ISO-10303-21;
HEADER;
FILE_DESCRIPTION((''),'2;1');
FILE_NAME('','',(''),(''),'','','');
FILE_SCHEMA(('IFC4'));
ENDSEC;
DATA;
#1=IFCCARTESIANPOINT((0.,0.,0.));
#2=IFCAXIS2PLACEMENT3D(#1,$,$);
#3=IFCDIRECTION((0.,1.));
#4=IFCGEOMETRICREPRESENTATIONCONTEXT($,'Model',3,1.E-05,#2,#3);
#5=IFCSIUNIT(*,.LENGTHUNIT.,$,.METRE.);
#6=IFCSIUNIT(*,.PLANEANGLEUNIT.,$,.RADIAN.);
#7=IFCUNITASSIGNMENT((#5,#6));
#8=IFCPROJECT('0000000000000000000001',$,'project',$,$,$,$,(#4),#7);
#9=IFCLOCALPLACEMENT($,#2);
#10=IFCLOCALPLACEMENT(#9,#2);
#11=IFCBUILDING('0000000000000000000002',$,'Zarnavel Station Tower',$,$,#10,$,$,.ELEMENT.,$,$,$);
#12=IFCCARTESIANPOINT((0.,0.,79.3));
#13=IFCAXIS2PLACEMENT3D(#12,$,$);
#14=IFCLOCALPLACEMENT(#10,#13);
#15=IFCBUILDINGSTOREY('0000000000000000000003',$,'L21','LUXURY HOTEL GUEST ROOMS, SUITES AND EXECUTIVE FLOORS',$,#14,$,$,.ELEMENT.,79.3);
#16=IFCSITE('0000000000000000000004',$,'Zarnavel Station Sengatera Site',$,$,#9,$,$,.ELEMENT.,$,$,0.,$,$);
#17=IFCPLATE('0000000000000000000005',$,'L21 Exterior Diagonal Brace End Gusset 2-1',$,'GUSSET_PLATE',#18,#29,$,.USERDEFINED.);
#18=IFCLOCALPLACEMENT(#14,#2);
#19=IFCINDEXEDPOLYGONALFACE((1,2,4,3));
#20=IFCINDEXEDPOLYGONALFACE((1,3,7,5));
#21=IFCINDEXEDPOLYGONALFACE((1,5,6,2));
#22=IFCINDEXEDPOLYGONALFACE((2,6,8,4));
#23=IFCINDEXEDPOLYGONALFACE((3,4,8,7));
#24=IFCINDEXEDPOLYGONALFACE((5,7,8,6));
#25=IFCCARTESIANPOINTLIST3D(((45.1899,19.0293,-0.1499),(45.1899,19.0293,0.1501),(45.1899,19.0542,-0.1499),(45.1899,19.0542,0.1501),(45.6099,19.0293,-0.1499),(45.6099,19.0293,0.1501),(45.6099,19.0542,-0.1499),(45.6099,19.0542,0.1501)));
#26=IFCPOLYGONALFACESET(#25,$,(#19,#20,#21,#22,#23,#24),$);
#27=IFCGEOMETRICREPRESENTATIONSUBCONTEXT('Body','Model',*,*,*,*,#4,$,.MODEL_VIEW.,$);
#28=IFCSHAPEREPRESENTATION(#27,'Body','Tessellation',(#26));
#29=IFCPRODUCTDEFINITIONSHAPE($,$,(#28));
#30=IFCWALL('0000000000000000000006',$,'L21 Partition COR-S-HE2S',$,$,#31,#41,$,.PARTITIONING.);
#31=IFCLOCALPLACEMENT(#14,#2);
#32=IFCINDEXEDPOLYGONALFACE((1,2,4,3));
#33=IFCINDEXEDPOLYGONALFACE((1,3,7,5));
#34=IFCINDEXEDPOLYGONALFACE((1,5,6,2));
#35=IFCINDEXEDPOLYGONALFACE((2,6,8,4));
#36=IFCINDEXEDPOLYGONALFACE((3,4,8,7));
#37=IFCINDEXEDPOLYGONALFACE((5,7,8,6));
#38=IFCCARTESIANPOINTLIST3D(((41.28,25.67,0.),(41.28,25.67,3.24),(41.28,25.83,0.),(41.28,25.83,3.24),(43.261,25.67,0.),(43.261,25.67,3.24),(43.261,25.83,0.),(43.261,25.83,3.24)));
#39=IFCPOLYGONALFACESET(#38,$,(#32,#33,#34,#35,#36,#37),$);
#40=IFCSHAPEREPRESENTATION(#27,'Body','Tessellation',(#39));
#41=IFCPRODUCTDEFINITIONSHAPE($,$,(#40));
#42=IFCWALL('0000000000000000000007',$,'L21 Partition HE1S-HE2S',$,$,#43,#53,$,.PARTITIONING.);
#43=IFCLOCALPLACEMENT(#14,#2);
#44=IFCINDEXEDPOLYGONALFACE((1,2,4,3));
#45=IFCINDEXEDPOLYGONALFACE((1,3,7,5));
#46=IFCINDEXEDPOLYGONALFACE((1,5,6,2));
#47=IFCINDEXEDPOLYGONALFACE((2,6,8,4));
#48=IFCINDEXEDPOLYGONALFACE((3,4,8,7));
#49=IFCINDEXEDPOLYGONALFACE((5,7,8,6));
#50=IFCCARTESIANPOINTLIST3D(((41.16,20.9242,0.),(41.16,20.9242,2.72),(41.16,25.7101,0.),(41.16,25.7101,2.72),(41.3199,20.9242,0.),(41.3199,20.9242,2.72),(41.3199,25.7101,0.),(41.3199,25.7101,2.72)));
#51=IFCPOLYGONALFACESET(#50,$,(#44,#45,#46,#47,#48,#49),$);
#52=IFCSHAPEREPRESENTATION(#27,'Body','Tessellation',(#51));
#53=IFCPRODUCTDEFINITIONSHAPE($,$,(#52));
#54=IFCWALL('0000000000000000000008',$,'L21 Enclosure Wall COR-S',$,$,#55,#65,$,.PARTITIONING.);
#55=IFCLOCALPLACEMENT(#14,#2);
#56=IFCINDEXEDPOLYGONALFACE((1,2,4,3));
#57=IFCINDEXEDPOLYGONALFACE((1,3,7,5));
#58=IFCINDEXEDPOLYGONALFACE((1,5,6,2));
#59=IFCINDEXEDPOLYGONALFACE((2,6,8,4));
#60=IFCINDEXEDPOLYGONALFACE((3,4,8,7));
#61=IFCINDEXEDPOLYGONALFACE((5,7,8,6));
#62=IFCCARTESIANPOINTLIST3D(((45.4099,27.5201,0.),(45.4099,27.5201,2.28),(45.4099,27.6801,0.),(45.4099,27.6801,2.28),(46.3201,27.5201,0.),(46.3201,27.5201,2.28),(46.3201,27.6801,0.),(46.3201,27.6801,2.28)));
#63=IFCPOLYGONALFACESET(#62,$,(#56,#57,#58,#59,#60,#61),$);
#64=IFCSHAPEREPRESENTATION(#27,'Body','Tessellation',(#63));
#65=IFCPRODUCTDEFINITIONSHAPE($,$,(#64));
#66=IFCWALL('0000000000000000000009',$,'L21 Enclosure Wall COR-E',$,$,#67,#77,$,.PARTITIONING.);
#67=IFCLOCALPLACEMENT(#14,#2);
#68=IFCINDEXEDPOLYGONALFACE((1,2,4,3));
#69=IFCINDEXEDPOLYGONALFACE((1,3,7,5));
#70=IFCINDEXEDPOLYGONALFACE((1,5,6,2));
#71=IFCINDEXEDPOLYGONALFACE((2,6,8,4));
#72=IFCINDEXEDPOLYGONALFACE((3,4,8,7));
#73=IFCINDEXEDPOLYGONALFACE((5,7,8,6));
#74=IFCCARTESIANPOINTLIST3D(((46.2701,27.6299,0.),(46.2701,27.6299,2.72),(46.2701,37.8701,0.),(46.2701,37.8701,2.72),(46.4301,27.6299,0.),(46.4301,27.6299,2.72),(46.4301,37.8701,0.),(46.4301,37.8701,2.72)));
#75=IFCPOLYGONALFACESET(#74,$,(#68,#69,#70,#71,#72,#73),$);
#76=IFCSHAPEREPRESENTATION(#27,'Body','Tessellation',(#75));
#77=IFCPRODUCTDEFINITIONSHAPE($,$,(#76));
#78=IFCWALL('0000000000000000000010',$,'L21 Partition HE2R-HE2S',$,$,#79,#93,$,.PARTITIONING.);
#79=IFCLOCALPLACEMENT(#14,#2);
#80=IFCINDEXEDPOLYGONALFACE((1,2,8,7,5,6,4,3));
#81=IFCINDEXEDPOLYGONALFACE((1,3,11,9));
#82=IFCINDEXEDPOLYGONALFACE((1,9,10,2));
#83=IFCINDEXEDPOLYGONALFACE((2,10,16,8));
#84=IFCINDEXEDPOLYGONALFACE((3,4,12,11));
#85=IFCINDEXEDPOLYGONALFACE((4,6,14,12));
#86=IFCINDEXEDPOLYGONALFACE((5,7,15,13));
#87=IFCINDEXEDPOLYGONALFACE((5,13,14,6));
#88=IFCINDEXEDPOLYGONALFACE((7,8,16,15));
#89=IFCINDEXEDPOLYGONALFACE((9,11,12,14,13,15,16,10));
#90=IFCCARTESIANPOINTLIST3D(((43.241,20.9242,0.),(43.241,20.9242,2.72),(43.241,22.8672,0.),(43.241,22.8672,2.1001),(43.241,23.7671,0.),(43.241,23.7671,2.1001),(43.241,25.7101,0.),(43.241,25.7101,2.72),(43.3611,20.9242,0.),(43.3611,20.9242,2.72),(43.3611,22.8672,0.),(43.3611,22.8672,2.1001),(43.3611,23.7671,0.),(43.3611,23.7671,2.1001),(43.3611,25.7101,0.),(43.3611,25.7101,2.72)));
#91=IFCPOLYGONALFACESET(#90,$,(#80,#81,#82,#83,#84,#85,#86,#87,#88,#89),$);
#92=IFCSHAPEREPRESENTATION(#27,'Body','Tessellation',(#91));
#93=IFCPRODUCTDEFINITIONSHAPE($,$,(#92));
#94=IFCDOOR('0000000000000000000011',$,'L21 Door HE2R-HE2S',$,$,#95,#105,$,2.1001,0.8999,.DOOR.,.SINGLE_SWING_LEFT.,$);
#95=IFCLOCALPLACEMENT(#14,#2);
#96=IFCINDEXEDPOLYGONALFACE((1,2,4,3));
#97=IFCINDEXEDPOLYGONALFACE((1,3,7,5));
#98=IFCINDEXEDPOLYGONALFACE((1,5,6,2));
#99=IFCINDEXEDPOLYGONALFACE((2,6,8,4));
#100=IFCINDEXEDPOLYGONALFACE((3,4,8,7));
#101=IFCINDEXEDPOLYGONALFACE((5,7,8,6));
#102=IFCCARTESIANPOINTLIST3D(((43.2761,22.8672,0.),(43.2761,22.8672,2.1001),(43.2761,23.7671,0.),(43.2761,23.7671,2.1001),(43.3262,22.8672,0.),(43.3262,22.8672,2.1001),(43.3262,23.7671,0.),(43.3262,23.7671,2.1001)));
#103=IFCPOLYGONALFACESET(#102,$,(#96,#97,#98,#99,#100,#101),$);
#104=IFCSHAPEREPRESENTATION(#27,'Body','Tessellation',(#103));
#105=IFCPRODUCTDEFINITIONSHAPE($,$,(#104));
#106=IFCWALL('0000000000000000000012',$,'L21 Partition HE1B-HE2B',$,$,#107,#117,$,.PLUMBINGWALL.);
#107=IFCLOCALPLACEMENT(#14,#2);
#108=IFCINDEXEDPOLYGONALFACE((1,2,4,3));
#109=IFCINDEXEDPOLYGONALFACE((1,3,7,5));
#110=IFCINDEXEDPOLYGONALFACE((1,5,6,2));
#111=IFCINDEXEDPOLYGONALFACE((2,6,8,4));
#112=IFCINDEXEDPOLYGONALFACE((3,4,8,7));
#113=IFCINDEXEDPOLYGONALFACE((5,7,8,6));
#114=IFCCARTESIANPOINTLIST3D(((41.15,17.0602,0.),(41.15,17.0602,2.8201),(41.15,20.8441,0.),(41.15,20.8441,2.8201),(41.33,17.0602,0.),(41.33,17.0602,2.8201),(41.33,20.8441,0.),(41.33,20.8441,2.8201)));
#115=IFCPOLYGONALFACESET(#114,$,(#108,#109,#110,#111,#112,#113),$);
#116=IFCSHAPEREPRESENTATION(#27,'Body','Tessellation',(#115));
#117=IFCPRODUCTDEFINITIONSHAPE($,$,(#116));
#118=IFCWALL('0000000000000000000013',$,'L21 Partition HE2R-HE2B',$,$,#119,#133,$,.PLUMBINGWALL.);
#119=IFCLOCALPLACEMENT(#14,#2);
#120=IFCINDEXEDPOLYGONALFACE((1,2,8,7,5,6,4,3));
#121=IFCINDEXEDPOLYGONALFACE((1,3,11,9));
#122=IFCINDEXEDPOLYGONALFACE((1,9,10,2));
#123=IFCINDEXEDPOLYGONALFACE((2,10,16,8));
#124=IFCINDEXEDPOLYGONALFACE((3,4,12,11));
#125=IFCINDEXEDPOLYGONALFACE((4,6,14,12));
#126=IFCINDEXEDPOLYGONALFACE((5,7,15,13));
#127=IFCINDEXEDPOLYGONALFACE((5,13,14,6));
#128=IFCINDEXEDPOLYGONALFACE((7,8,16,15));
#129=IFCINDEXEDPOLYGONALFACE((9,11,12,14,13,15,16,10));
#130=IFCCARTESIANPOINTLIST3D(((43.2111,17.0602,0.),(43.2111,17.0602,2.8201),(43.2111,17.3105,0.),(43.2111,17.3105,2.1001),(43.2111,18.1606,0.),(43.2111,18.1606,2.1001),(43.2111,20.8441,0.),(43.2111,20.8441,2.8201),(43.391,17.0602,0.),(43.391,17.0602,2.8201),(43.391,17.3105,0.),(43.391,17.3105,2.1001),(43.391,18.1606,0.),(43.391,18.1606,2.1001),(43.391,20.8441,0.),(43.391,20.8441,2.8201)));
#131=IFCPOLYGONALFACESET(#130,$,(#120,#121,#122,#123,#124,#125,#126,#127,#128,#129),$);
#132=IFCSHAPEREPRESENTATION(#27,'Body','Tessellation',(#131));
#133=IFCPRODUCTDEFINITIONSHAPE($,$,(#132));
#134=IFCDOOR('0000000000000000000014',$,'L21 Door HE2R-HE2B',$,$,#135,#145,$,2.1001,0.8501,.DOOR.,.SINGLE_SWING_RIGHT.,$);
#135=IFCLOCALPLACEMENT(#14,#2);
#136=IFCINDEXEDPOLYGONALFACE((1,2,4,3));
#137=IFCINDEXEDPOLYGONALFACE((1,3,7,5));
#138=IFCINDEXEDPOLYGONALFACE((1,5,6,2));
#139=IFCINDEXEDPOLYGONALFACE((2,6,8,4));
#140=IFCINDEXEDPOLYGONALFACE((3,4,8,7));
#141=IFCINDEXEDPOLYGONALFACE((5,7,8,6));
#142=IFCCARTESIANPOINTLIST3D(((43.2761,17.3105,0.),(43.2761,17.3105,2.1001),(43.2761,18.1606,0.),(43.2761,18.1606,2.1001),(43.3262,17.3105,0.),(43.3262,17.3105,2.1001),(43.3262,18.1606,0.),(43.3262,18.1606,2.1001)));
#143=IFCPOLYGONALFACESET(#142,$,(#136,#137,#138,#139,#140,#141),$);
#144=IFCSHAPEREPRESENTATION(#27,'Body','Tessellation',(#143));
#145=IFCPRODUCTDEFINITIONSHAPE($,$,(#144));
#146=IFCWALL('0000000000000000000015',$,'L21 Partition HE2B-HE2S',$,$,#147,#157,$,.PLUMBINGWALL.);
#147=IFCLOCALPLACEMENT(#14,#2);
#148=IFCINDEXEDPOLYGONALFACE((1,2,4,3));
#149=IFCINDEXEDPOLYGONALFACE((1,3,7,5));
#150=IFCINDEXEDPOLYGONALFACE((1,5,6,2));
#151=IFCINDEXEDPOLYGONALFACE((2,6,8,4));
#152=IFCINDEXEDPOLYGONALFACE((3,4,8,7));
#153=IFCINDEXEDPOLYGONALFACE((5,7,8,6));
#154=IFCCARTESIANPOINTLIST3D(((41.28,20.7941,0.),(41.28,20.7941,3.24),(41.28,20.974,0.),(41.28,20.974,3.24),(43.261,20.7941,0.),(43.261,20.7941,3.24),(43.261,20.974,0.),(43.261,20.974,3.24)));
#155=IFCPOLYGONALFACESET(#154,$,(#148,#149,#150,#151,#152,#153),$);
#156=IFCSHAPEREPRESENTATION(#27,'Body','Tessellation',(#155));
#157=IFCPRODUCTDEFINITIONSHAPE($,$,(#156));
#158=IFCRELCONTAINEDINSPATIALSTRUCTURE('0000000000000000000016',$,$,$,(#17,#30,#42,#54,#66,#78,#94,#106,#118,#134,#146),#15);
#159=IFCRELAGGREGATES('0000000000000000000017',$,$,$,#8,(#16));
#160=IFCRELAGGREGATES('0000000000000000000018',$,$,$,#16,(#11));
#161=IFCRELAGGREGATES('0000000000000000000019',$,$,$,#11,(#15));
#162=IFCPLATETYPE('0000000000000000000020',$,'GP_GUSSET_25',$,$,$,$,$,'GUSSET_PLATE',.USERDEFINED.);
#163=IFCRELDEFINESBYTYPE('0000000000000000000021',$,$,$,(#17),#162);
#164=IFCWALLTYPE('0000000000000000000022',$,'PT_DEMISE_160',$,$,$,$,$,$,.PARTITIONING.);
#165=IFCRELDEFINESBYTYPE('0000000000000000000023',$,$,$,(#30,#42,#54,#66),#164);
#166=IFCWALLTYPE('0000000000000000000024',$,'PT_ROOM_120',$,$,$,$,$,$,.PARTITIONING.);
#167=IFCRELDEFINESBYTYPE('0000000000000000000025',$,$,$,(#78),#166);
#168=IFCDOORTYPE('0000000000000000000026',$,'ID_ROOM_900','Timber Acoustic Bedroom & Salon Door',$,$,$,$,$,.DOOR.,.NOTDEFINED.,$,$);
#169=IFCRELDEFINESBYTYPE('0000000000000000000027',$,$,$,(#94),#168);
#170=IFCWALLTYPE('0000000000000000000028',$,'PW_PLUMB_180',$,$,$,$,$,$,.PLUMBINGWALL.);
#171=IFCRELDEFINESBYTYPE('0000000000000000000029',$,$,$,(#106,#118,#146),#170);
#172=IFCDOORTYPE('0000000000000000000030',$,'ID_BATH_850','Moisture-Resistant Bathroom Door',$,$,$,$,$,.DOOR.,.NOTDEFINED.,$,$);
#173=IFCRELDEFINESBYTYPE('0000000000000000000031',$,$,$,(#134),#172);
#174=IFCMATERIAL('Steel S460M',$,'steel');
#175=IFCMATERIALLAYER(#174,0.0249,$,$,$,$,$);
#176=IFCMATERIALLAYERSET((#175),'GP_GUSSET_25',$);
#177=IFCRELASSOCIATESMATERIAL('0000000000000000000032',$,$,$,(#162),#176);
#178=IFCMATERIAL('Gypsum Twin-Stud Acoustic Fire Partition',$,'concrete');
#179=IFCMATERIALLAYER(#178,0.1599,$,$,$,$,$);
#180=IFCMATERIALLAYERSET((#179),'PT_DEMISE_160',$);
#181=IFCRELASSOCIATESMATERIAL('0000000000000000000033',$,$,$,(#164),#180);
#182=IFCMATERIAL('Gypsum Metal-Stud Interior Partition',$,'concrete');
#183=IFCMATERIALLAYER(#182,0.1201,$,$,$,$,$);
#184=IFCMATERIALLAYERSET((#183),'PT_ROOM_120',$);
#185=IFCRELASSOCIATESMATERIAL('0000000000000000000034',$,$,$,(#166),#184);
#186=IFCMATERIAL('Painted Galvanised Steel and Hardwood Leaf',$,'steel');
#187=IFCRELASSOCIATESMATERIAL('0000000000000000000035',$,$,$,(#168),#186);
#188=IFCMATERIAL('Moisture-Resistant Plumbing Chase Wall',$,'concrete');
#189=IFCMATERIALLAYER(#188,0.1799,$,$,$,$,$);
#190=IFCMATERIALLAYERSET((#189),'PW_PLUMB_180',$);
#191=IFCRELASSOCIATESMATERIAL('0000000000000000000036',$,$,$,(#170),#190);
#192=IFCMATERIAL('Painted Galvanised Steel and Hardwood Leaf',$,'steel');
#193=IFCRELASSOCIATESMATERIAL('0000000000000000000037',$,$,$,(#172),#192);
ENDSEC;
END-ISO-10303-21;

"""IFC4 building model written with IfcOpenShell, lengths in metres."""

from ifc_helpers import new_model, si_unit, direction, frame, frame_2d, origin, origin_2d, place, context, subcontext, project, spatial, rectangle, extrude, material, layer, layer_set, type_object, element, fill, save


model = new_model("IFC4")

# Units and contexts
model_context = context("Model", 3, precision=1e-05, world=origin(), true_north=direction((0.0, 1.0)))
body_context = subcontext(model_context, "Body", "Model", "MODEL_VIEW")
ifc_project = project(units=[si_unit("LENGTHUNIT", "METRE"), si_unit("PLANEANGLEUNIT", "RADIAN")], contexts=[model_context])

# Site, building, storey
site_placement = place(None, origin())
site = spatial("IfcSite", under=ifc_project, at=site_placement, Name="Zarnavel Station Sengatera Site", CompositionType="ELEMENT", RefElevation=0.0)
building_placement = place(site_placement, origin())
building = spatial("IfcBuilding", under=site, at=building_placement, Name="Zarnavel Station Tower", CompositionType="ELEMENT")
storey_placement = place(building_placement, frame((0.0, 0.0, 79.3)))
storey = spatial("IfcBuildingStorey", under=building, at=storey_placement, Name="L21", Description="LUXURY HOTEL GUEST ROOMS, SUITES AND EXECUTIVE FLOORS", CompositionType="ELEMENT", Elevation=79.3)

# Plate
ifc_material_1 = material(Name="Steel S460M", Category="steel")
ifc_layer_1 = layer(ifc_material_1, 0.0249)
ifc_layer_set_1 = layer_set([ifc_layer_1], Name="GP_GUSSET_25")
plate_type = type_object("IfcPlateType", Name="GP_GUSSET_25", ElementType="GUSSET_PLATE", PredefinedType="USERDEFINED", material=ifc_layer_set_1)
plate_placement = place(storey_placement, frame((45.3999, 19.0417, -0.1499), z_axis=(0.0, 0.0, 1.0), x_axis=(1.0, 0.0, 0.0)))
element("IfcPlate", 1, at=plate_placement, inside=storey, type_object=plate_type, Name="L21 Exterior Diagonal Brace End Gusset 2-1", ObjectType="GUSSET_PLATE", PredefinedType="USERDEFINED", context=body_context, shape_type="SweptSolid", body=[
    extrude(rectangle(XDim=0.4199, YDim=0.0249, at=origin_2d()), origin(), (0.0, 0.0, 1.0), 0.3),
])

# Shared definitions
ifc_material_2 = material(Name="Gypsum Twin-Stud Acoustic Fire Partition", Category="concrete")
ifc_layer_2 = layer(ifc_material_2, 0.1599)
ifc_layer_set_2 = layer_set([ifc_layer_2], Name="PT_DEMISE_160")
wall_type_1 = type_object("IfcWallType", Name="PT_DEMISE_160", PredefinedType="PARTITIONING", material=ifc_layer_set_2)

# Walls
wall_1_placement = place(storey_placement, frame((41.28, 25.75, 0.0), z_axis=(0.0, 0.0, 1.0), x_axis=(1.0, 0.0, 0.0)))
element("IfcWall", 2, at=wall_1_placement, inside=storey, type_object=wall_type_1, Name="L21 Partition COR-S-HE2S", PredefinedType="PARTITIONING", context=body_context, shape_type="SweptSolid", body=[
    extrude(rectangle(XDim=1.981, YDim=0.1599, at=frame_2d((0.9905, 0.0))), origin(), (0.0, 0.0, 1.0), 3.24),
])
wall_2_placement = place(storey_placement, frame((41.24, 20.9241, 0.0), z_axis=(0.0, 0.0, 1.0), x_axis=(0.0, 1.0, 0.0)))
element("IfcWall", 3, at=wall_2_placement, inside=storey, type_object=wall_type_1, Name="L21 Partition HE1S-HE2S", PredefinedType="PARTITIONING", context=body_context, shape_type="SweptSolid", body=[
    extrude(rectangle(XDim=4.7859, YDim=0.1599, at=frame_2d((2.3931, 0.0))), origin(), (0.0, 0.0, 1.0), 2.72),
])
wall_3_placement = place(storey_placement, frame((45.4099, 27.6001, 0.0), z_axis=(0.0, 0.0, 1.0), x_axis=(1.0, 0.0, 0.0)))
element("IfcWall", 4, at=wall_3_placement, inside=storey, type_object=wall_type_1, Name="L21 Enclosure Wall COR-S", PredefinedType="PARTITIONING", context=body_context, shape_type="SweptSolid", body=[
    extrude(rectangle(XDim=0.9102, YDim=0.1599, at=frame_2d((0.4551, 0.0))), origin(), (0.0, 0.0, 1.0), 2.28),
])
wall_4_placement = place(storey_placement, frame((46.3501, 27.6299, 0.0), z_axis=(0.0, 0.0, 1.0), x_axis=(0.0, 1.0, 0.0)))
element("IfcWall", 5, at=wall_4_placement, inside=storey, type_object=wall_type_1, Name="L21 Enclosure Wall COR-E", PredefinedType="PARTITIONING", context=body_context, shape_type="SweptSolid", body=[
    extrude(rectangle(XDim=10.2402, YDim=0.1599, at=frame_2d((5.1201, 0.0))), origin(), (0.0, 0.0, 1.0), 2.72),
])

# Wall, opening, door
ifc_material_3 = material(Name="Gypsum Metal-Stud Interior Partition", Category="concrete")
ifc_layer_3 = layer(ifc_material_3, 0.1201)
ifc_layer_set_3 = layer_set([ifc_layer_3], Name="PT_ROOM_120")
wall_type_2 = type_object("IfcWallType", Name="PT_ROOM_120", PredefinedType="PARTITIONING", material=ifc_layer_set_3)
wall_5_placement = place(storey_placement, frame((43.301, 20.9241, 0.0), z_axis=(0.0, 0.0, 1.0), x_axis=(0.0, 1.0, 0.0)))
wall_5 = element("IfcWall", 6, at=wall_5_placement, inside=storey, type_object=wall_type_2, Name="L21 Partition HE2R-HE2S", PredefinedType="PARTITIONING", context=body_context, shape_type="SweptSolid", body=[
    extrude(rectangle(XDim=4.7859, YDim=0.1201, at=frame_2d((2.3931, 0.0))), origin(), (0.0, 0.0, 1.0), 2.72),
])
opening_1_placement = place(wall_5_placement, frame((1.9431, 0.0, 0.0)))
opening_1 = element("IfcOpeningElement", 7, at=opening_1_placement, cuts=wall_5, PredefinedType="OPENING", context=body_context, shape_type="SweptSolid", body=[
    extrude(rectangle(XDim=0.8999, YDim=2.1001, at=frame_2d((0.45, 1.05))), frame((0.0, 0.0701, 0.0), z_axis=(0.0, -1.0, 0.0), x_axis=(1.0, 0.0, 0.0)), (0.0, 0.0, 1.0), 0.1401),
])
ifc_material_4 = material(Name="Painted Galvanised Steel and Hardwood Leaf", Category="steel")
door_type_1 = type_object("IfcDoorType", Name="ID_ROOM_900", Description="Timber Acoustic Bedroom & Salon Door", OperationType="NOTDEFINED", PredefinedType="DOOR", material=ifc_material_4)
door_1_placement = place(opening_1_placement, origin())
door_1 = element("IfcDoor", 8, at=door_1_placement, inside=storey, type_object=door_type_1, Name="L21 Door HE2R-HE2S", OperationType="SINGLE_SWING_LEFT", OverallHeight=2.1001, OverallWidth=0.8999, PredefinedType="DOOR", context=body_context, shape_type="SweptSolid", body=[
    extrude(rectangle(XDim=0.8999, YDim=2.1001, at=frame_2d((0.45, 1.05))), frame((0.0, 0.0249, 0.0), z_axis=(0.0, -1.0, 0.0), x_axis=(1.0, 0.0, 0.0)), (0.0, 0.0, 1.0), 0.05),
])
fill(opening_1, door_1)

# Wall
ifc_material_5 = material(Name="Moisture-Resistant Plumbing Chase Wall", Category="concrete")
ifc_layer_4 = layer(ifc_material_5, 0.1799)
ifc_layer_set_4 = layer_set([ifc_layer_4], Name="PW_PLUMB_180")
wall_type_3 = type_object("IfcWallType", Name="PW_PLUMB_180", PredefinedType="PLUMBINGWALL", material=ifc_layer_set_4)
wall_6_placement = place(storey_placement, frame((41.24, 17.0601, 0.0), z_axis=(0.0, 0.0, 1.0), x_axis=(0.0, 1.0, 0.0)))
element("IfcWall", 9, at=wall_6_placement, inside=storey, type_object=wall_type_3, Name="L21 Partition HE1B-HE2B", PredefinedType="PLUMBINGWALL", context=body_context, shape_type="SweptSolid", body=[
    extrude(rectangle(XDim=3.7839, YDim=0.1799, at=frame_2d((1.8921, 0.0))), origin(), (0.0, 0.0, 1.0), 2.8201),
])

# Wall, opening, door
wall_7_placement = place(storey_placement, frame((43.301, 17.0601, 0.0), z_axis=(0.0, 0.0, 1.0), x_axis=(0.0, 1.0, 0.0)))
wall_7 = element("IfcWall", 10, at=wall_7_placement, inside=storey, type_object=wall_type_3, Name="L21 Partition HE2R-HE2B", PredefinedType="PLUMBINGWALL", context=body_context, shape_type="SweptSolid", body=[
    extrude(rectangle(XDim=3.7839, YDim=0.1799, at=frame_2d((1.8921, 0.0))), origin(), (0.0, 0.0, 1.0), 2.8201),
])
opening_2_placement = place(wall_7_placement, frame((0.2505, 0.0, 0.0)))
opening_2 = element("IfcOpeningElement", 11, at=opening_2_placement, cuts=wall_7, PredefinedType="OPENING", context=body_context, shape_type="SweptSolid", body=[
    extrude(rectangle(XDim=0.8501, YDim=2.1001, at=frame_2d((0.425, 1.05))), frame((0.0, 0.0999, 0.0), z_axis=(0.0, -1.0, 0.0), x_axis=(1.0, 0.0, 0.0)), (0.0, 0.0, 1.0), 0.2),
])
ifc_material_6 = material(Name="Painted Galvanised Steel and Hardwood Leaf", Category="steel")
door_type_2 = type_object("IfcDoorType", Name="ID_BATH_850", Description="Moisture-Resistant Bathroom Door", OperationType="NOTDEFINED", PredefinedType="DOOR", material=ifc_material_6)
door_2_placement = place(opening_2_placement, origin())
door_2 = element("IfcDoor", 12, at=door_2_placement, inside=storey, type_object=door_type_2, Name="L21 Door HE2R-HE2B", OperationType="SINGLE_SWING_RIGHT", OverallHeight=2.1001, OverallWidth=0.8501, PredefinedType="DOOR", context=body_context, shape_type="SweptSolid", body=[
    extrude(rectangle(XDim=0.8501, YDim=2.1001, at=frame_2d((0.425, 1.05))), frame((0.0, 0.0249, 0.0), z_axis=(0.0, -1.0, 0.0), x_axis=(1.0, 0.0, 0.0)), (0.0, 0.0, 1.0), 0.05),
])
fill(opening_2, door_2)

# Wall
wall_8_placement = place(storey_placement, frame((41.28, 20.884, 0.0), z_axis=(0.0, 0.0, 1.0), x_axis=(1.0, 0.0, 0.0)))
element("IfcWall", 13, at=wall_8_placement, inside=storey, type_object=wall_type_3, Name="L21 Partition HE2B-HE2S", PredefinedType="PLUMBINGWALL", context=body_context, shape_type="SweptSolid", body=[
    extrude(rectangle(XDim=1.981, YDim=0.1799, at=frame_2d((0.9905, 0.0))), origin(), (0.0, 0.0, 1.0), 3.24),
])

save(model, "model.ifc")
